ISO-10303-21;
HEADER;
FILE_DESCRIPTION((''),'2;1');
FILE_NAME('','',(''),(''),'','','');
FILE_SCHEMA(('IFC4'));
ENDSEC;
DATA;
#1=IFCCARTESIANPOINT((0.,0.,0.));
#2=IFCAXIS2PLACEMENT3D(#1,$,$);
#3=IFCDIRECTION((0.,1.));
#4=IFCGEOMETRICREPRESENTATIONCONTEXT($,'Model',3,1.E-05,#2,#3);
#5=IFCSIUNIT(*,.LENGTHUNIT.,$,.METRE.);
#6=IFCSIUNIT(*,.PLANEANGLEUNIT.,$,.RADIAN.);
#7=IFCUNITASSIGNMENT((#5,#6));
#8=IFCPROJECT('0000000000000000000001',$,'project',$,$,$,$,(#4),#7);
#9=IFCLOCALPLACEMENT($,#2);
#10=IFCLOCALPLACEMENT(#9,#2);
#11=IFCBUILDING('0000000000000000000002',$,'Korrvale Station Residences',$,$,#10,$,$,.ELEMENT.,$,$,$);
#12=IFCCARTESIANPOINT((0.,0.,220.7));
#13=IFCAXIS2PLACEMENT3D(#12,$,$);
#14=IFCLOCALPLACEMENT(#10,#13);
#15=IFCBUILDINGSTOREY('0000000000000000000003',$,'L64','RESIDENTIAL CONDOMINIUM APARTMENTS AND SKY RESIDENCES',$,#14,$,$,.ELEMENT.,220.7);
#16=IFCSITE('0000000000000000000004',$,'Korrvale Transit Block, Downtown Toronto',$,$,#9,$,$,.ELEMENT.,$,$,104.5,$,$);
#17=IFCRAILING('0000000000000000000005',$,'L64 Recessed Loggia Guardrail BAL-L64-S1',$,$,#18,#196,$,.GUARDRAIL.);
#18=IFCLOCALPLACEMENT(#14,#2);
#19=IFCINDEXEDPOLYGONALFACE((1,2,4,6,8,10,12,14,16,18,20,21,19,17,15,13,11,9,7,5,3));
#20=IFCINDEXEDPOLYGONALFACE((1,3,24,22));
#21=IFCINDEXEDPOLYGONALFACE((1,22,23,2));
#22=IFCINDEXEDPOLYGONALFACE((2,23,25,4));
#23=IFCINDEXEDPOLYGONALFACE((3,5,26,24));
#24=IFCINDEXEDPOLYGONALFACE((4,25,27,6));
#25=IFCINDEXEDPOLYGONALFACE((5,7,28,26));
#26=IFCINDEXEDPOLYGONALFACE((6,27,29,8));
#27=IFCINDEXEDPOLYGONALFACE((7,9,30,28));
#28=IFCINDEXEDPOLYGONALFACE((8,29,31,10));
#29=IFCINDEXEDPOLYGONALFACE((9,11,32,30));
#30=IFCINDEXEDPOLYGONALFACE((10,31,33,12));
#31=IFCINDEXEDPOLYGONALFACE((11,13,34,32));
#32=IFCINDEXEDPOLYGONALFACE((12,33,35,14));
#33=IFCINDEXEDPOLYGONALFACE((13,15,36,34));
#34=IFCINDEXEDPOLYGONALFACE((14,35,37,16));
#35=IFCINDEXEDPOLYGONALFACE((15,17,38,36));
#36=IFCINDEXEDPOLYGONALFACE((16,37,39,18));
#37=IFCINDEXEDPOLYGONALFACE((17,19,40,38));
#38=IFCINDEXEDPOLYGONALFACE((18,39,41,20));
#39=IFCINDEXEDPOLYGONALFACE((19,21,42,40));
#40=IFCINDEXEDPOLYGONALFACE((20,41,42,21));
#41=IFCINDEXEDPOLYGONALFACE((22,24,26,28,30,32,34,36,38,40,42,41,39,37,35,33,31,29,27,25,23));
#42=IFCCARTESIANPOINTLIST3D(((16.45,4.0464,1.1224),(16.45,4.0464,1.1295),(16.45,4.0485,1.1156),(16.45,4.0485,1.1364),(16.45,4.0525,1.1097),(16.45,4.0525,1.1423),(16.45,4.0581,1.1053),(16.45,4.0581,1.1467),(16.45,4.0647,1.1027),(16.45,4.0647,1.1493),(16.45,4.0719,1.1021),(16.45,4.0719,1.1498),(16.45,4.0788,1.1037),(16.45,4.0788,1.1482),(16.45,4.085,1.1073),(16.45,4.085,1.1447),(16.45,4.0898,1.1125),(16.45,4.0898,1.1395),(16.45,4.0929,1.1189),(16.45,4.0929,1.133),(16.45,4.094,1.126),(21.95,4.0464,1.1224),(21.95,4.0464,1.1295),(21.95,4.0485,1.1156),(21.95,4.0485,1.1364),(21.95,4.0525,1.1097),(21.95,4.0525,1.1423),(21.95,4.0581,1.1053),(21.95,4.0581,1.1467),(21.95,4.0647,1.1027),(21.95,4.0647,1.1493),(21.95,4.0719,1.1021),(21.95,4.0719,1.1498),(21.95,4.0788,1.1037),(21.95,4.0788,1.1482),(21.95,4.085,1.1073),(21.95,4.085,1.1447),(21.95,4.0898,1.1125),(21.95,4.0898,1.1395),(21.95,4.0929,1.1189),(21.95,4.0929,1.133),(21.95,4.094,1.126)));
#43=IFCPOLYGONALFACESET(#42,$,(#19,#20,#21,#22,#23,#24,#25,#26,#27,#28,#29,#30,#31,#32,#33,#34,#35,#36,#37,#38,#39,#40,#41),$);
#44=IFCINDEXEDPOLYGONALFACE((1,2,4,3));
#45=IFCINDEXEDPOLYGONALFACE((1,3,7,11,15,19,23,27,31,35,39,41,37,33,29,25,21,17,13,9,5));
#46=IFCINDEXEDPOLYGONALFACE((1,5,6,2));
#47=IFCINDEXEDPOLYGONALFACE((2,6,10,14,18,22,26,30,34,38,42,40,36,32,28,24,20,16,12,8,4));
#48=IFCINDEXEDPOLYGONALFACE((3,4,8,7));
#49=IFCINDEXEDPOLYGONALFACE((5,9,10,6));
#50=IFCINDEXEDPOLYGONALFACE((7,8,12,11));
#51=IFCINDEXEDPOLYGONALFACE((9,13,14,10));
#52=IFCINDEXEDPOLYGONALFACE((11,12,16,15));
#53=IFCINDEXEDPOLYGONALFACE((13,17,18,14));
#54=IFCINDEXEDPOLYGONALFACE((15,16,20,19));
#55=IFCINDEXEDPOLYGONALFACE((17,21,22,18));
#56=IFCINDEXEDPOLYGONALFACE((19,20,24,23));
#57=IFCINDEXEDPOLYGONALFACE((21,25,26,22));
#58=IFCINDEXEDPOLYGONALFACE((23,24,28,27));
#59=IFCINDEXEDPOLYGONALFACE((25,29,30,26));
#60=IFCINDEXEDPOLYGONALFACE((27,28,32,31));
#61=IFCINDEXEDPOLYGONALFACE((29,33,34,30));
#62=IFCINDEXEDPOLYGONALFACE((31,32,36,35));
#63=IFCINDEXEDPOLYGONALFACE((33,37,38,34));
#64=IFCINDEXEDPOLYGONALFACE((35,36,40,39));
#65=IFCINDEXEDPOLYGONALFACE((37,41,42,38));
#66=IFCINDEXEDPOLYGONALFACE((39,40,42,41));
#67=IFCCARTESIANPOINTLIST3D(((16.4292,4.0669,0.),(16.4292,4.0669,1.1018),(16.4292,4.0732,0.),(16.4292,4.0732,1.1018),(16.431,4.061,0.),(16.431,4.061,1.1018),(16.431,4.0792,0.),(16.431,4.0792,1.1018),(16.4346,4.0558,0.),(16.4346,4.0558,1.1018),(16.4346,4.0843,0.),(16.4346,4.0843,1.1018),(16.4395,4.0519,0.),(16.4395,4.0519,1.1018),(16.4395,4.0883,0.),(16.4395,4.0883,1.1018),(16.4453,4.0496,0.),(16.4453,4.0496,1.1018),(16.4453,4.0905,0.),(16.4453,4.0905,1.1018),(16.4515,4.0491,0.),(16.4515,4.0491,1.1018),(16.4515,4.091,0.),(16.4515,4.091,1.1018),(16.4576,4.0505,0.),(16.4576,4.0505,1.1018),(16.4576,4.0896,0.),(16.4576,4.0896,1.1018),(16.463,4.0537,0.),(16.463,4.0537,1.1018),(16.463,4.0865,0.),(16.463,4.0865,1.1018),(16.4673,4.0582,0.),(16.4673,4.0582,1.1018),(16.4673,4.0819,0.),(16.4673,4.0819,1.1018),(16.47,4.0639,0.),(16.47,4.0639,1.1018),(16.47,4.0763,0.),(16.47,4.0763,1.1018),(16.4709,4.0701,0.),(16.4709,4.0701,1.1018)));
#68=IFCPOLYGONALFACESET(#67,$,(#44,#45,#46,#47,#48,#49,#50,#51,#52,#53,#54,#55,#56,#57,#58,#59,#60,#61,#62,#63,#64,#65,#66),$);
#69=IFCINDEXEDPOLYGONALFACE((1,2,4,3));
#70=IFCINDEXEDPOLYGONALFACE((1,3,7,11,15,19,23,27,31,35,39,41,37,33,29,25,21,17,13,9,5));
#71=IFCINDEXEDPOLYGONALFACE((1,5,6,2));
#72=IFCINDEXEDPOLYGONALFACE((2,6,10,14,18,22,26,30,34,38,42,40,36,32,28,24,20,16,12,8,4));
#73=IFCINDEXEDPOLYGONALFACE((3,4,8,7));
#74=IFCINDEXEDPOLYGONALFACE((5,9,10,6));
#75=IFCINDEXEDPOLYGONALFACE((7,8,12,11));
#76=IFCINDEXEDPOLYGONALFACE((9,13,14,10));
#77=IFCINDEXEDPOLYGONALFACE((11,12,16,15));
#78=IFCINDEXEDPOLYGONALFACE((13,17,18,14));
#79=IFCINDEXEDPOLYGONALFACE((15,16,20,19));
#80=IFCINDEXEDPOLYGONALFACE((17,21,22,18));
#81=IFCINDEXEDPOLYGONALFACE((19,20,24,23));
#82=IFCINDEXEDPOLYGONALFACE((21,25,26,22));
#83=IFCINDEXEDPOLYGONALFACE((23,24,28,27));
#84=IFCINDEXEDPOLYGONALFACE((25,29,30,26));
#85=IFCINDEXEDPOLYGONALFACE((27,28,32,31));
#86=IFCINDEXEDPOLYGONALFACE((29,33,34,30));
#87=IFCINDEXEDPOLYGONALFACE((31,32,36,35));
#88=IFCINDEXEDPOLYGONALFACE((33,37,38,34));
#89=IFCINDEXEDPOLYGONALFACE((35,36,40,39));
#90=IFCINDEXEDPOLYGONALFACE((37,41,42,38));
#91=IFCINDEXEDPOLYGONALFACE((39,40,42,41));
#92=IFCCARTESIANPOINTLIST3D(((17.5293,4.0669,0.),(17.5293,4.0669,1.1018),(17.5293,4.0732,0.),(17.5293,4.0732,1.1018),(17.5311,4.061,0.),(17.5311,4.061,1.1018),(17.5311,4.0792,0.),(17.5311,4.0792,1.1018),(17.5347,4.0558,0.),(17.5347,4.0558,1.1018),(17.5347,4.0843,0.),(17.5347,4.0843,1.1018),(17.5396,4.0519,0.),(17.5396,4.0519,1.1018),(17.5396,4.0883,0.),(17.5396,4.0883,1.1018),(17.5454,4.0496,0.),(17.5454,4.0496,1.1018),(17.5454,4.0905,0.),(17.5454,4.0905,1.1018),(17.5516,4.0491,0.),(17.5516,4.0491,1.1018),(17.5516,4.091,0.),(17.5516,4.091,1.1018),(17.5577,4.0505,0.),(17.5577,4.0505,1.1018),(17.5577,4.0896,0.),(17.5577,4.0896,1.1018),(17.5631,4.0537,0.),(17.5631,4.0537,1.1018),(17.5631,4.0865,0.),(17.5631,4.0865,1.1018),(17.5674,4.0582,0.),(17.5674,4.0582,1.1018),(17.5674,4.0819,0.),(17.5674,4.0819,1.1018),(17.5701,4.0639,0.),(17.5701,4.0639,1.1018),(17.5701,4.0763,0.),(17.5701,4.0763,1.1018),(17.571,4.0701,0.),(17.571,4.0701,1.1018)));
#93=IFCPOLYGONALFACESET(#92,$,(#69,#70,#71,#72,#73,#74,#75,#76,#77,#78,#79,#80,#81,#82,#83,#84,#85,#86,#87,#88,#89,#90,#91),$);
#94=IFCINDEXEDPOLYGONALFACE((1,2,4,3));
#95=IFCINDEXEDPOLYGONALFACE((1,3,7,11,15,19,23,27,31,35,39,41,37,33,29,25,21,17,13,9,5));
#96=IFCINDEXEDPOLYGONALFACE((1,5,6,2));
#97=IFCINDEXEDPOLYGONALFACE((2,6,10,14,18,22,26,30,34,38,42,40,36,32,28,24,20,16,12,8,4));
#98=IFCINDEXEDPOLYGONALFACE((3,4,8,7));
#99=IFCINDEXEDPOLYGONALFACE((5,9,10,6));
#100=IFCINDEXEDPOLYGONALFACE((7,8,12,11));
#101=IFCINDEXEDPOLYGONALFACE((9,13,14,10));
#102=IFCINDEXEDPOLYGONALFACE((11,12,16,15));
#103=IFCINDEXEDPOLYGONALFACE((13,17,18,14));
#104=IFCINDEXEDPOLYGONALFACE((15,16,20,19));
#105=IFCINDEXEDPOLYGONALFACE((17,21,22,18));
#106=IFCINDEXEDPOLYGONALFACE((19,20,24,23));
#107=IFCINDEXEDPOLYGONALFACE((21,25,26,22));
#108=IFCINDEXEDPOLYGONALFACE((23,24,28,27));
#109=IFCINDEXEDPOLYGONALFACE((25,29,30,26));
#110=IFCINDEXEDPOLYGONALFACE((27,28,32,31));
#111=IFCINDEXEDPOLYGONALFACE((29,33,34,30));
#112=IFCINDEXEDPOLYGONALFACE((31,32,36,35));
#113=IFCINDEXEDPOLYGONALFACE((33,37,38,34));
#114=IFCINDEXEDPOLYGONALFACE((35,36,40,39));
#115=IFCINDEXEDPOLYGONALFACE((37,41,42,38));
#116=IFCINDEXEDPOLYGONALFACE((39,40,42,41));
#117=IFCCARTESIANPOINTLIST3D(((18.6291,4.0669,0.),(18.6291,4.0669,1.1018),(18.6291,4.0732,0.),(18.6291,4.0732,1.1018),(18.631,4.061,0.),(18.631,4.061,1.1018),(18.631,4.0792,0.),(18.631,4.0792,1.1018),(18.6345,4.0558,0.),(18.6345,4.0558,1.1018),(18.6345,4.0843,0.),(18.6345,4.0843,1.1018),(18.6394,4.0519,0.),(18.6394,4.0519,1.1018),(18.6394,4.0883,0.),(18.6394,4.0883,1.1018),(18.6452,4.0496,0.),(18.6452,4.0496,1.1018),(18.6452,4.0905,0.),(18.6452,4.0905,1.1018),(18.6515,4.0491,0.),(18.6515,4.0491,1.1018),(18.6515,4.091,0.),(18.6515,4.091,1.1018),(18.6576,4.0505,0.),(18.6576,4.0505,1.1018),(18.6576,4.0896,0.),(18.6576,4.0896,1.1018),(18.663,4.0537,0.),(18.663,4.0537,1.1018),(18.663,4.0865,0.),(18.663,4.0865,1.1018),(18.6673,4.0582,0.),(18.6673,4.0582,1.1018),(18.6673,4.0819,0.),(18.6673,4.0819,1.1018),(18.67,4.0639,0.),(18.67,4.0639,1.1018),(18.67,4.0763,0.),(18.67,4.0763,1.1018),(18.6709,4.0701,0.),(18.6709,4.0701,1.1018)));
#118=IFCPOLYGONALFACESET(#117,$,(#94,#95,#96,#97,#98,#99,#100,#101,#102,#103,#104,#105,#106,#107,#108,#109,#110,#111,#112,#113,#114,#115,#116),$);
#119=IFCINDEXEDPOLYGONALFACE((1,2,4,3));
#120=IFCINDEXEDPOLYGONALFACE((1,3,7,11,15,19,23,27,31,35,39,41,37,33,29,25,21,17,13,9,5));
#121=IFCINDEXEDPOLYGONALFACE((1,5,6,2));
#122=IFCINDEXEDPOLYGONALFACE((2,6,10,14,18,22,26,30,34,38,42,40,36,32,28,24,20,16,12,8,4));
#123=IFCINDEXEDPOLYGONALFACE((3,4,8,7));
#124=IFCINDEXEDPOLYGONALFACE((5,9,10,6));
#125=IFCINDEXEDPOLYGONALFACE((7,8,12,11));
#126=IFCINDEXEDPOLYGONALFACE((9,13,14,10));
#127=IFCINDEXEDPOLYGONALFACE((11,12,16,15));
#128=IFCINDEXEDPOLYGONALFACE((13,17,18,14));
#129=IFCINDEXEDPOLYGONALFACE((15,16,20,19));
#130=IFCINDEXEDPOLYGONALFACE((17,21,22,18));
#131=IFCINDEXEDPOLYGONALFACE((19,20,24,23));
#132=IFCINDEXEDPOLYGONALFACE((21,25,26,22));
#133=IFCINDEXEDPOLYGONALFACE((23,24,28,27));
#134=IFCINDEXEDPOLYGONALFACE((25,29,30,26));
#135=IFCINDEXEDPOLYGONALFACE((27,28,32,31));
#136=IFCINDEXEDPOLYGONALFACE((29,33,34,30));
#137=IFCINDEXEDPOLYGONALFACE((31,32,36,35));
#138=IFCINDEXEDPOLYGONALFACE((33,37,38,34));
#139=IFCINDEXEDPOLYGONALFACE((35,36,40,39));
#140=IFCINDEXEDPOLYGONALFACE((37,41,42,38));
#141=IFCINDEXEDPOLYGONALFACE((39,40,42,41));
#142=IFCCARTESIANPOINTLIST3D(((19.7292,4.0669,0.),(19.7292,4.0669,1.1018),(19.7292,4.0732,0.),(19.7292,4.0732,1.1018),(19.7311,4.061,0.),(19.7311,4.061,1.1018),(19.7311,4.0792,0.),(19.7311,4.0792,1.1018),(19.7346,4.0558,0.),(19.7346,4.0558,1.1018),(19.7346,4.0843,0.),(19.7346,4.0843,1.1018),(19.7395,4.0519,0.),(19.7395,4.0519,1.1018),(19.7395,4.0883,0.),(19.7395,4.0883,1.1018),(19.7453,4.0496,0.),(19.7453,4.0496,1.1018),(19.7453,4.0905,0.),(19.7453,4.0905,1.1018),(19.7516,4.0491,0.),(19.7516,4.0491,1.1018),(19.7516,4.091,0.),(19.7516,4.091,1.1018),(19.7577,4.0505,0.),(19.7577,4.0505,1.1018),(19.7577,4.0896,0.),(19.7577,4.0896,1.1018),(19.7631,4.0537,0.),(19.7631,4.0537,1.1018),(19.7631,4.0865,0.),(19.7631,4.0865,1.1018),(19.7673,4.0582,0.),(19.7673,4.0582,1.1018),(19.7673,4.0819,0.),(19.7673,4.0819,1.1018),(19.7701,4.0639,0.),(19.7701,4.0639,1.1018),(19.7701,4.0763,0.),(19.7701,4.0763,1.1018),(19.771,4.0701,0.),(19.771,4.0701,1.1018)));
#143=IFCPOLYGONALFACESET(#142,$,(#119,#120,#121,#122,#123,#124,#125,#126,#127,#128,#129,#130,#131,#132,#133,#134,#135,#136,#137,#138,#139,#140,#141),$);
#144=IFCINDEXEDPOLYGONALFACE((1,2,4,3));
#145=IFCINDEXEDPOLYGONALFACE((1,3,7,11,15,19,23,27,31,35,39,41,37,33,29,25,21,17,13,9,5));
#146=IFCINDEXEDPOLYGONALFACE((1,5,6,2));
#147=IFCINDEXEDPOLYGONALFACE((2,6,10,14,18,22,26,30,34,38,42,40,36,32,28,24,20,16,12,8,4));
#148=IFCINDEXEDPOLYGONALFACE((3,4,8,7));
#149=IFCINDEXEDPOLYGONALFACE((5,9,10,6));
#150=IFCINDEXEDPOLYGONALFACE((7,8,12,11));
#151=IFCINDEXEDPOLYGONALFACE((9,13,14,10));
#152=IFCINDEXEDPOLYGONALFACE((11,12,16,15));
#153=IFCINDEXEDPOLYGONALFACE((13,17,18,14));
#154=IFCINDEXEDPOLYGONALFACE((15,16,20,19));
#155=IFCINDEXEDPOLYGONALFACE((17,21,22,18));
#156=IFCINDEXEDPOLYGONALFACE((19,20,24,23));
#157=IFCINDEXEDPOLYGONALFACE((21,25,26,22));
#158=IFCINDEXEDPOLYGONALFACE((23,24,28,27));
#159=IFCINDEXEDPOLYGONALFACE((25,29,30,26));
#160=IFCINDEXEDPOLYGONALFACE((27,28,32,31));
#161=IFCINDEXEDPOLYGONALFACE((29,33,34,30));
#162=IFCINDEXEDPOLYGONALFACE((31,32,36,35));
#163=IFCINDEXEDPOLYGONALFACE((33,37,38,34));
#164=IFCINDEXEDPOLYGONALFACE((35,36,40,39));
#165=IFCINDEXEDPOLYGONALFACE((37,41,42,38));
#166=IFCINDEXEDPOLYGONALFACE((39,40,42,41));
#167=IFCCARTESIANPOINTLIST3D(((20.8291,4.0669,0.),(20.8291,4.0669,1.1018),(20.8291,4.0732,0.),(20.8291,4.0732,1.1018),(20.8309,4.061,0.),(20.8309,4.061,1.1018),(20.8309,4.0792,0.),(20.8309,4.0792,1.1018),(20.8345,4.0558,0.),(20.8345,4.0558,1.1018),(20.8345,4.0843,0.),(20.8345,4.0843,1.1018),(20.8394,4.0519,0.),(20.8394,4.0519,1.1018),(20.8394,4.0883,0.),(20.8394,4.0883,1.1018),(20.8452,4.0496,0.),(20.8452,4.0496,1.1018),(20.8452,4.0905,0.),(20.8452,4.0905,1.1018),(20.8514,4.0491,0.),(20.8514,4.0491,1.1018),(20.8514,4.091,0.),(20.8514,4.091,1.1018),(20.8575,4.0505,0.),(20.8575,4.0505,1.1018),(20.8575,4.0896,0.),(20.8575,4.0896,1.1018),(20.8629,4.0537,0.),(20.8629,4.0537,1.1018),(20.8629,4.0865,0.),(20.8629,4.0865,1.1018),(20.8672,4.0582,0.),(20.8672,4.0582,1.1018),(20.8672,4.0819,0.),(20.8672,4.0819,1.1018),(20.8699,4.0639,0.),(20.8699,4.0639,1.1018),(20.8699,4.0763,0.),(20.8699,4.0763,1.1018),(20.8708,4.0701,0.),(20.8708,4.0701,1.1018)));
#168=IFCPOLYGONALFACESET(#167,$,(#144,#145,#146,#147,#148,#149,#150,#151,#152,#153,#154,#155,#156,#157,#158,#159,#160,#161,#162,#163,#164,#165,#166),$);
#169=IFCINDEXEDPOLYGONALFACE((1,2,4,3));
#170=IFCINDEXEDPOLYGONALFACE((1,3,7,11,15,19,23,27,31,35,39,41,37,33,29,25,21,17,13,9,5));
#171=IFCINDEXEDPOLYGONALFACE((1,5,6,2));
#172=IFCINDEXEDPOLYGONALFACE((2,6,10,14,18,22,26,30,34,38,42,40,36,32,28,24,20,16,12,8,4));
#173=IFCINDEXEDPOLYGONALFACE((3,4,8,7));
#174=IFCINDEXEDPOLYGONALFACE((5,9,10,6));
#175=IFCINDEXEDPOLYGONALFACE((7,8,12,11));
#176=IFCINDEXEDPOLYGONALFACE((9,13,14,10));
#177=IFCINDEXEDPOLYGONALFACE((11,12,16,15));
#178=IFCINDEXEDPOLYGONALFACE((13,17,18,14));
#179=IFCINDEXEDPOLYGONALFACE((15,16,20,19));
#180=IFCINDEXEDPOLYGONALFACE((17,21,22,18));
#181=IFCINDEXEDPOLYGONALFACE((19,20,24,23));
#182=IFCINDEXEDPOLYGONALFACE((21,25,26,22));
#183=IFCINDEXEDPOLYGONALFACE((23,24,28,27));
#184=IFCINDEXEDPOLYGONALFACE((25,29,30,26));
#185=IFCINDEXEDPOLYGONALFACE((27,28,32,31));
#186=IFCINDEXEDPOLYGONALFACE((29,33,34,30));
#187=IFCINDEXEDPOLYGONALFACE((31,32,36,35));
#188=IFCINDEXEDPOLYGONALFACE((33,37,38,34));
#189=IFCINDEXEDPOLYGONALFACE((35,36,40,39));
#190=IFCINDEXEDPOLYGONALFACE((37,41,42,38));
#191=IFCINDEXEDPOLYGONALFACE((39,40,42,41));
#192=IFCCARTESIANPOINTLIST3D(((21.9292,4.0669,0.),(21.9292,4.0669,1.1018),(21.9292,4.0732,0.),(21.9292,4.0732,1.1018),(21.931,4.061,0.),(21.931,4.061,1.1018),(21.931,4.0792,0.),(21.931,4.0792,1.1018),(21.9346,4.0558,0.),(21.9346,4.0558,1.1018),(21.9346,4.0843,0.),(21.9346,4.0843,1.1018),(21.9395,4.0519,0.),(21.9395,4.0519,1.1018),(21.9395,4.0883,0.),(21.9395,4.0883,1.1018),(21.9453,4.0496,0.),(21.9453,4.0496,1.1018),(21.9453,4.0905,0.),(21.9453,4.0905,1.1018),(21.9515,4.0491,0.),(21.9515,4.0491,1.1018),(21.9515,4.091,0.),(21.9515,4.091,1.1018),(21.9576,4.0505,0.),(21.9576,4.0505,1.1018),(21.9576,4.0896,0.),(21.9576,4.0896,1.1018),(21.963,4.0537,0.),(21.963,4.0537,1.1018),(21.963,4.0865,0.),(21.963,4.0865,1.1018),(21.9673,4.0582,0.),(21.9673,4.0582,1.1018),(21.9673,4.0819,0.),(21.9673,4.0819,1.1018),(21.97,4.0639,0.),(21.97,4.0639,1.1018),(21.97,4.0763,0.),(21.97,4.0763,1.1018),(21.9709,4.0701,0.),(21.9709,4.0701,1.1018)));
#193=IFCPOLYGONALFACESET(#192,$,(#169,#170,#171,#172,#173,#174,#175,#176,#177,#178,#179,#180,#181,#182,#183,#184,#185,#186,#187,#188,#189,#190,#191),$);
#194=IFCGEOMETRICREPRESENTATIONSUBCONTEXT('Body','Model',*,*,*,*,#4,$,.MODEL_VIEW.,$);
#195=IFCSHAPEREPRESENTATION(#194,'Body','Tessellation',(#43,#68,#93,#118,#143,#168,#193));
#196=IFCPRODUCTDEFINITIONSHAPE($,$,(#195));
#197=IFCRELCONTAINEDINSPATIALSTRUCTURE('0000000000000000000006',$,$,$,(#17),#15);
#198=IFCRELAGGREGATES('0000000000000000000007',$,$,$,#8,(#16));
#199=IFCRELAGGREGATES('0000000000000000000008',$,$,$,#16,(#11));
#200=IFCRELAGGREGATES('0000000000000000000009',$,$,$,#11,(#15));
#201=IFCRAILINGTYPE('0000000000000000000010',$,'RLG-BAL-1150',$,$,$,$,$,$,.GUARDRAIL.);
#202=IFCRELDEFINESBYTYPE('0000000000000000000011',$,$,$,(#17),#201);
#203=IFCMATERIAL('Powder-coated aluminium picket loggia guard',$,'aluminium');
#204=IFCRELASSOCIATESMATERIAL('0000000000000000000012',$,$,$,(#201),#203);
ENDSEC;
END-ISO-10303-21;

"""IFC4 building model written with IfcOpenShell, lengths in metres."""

from ifc_helpers import new_model, si_unit, direction, frame, origin, origin_2d, place, context, subcontext, project, spatial, circle, extrude, material, type_object, element, save


model = new_model("IFC4")

# Units and contexts
model_context = context("Model", 3, precision=1e-05, world=origin(), true_north=direction((0.0, 1.0)))
body_context = subcontext(model_context, "Body", "Model", "MODEL_VIEW")
ifc_project = project(units=[si_unit("LENGTHUNIT", "METRE"), si_unit("PLANEANGLEUNIT", "RADIAN")], contexts=[model_context])

# Site, building, storey
site_placement = place(None, origin())
site = spatial("IfcSite", under=ifc_project, at=site_placement, Name="Korrvale Transit Block, Downtown Toronto", CompositionType="ELEMENT", RefElevation=104.5)
building_placement = place(site_placement, origin())
building = spatial("IfcBuilding", under=site, at=building_placement, Name="Korrvale Station Residences", CompositionType="ELEMENT")
storey_placement = place(building_placement, frame((0.0, 0.0, 220.7)))
storey = spatial("IfcBuildingStorey", under=building, at=storey_placement, Name="L64", Description="RESIDENTIAL CONDOMINIUM APARTMENTS AND SKY RESIDENCES", CompositionType="ELEMENT", Elevation=220.7)

# Railing
ifc_material_1 = material(Name="Powder-coated aluminium picket loggia guard", Category="aluminium")
railing_type = type_object("IfcRailingType", Name="RLG-BAL-1150", PredefinedType="GUARDRAIL", material=ifc_material_1)
railing_placement = place(storey_placement, frame((16.45, 4.0701, 0.0)))
element("IfcRailing", 1, at=railing_placement, inside=storey, type_object=railing_type, Name="L64 Recessed Loggia Guardrail BAL-L64-S1", PredefinedType="GUARDRAIL", context=body_context, shape_type="SweptSolid", body=[
    extrude(circle(Radius=0.0239, at=origin_2d()), frame((0.0, 0.0, 1.126), z_axis=(1.0, 0.0, 0.0), x_axis=(0.0, 1.0, 0.0)), (0.0, 0.0, 1.0), 5.5),
    extrude(circle(Radius=0.021, at=origin_2d()), origin(), (0.0, 0.0, 1.0), 1.1018),
    extrude(circle(Radius=0.021, at=origin_2d()), frame((1.1001, 0.0, 0.0)), (0.0, 0.0, 1.0), 1.1018),
    extrude(circle(Radius=0.021, at=origin_2d()), frame((2.2, 0.0, 0.0)), (0.0, 0.0, 1.0), 1.1018),
    extrude(circle(Radius=0.021, at=origin_2d()), frame((3.3, 0.0, 0.0)), (0.0, 0.0, 1.0), 1.1018),
    extrude(circle(Radius=0.021, at=origin_2d()), frame((4.3999, 0.0, 0.0)), (0.0, 0.0, 1.0), 1.1018),
    extrude(circle(Radius=0.021, at=origin_2d()), frame((5.5, 0.0, 0.0)), (0.0, 0.0, 1.0), 1.1018),
])

save(model, "model.ifc")
